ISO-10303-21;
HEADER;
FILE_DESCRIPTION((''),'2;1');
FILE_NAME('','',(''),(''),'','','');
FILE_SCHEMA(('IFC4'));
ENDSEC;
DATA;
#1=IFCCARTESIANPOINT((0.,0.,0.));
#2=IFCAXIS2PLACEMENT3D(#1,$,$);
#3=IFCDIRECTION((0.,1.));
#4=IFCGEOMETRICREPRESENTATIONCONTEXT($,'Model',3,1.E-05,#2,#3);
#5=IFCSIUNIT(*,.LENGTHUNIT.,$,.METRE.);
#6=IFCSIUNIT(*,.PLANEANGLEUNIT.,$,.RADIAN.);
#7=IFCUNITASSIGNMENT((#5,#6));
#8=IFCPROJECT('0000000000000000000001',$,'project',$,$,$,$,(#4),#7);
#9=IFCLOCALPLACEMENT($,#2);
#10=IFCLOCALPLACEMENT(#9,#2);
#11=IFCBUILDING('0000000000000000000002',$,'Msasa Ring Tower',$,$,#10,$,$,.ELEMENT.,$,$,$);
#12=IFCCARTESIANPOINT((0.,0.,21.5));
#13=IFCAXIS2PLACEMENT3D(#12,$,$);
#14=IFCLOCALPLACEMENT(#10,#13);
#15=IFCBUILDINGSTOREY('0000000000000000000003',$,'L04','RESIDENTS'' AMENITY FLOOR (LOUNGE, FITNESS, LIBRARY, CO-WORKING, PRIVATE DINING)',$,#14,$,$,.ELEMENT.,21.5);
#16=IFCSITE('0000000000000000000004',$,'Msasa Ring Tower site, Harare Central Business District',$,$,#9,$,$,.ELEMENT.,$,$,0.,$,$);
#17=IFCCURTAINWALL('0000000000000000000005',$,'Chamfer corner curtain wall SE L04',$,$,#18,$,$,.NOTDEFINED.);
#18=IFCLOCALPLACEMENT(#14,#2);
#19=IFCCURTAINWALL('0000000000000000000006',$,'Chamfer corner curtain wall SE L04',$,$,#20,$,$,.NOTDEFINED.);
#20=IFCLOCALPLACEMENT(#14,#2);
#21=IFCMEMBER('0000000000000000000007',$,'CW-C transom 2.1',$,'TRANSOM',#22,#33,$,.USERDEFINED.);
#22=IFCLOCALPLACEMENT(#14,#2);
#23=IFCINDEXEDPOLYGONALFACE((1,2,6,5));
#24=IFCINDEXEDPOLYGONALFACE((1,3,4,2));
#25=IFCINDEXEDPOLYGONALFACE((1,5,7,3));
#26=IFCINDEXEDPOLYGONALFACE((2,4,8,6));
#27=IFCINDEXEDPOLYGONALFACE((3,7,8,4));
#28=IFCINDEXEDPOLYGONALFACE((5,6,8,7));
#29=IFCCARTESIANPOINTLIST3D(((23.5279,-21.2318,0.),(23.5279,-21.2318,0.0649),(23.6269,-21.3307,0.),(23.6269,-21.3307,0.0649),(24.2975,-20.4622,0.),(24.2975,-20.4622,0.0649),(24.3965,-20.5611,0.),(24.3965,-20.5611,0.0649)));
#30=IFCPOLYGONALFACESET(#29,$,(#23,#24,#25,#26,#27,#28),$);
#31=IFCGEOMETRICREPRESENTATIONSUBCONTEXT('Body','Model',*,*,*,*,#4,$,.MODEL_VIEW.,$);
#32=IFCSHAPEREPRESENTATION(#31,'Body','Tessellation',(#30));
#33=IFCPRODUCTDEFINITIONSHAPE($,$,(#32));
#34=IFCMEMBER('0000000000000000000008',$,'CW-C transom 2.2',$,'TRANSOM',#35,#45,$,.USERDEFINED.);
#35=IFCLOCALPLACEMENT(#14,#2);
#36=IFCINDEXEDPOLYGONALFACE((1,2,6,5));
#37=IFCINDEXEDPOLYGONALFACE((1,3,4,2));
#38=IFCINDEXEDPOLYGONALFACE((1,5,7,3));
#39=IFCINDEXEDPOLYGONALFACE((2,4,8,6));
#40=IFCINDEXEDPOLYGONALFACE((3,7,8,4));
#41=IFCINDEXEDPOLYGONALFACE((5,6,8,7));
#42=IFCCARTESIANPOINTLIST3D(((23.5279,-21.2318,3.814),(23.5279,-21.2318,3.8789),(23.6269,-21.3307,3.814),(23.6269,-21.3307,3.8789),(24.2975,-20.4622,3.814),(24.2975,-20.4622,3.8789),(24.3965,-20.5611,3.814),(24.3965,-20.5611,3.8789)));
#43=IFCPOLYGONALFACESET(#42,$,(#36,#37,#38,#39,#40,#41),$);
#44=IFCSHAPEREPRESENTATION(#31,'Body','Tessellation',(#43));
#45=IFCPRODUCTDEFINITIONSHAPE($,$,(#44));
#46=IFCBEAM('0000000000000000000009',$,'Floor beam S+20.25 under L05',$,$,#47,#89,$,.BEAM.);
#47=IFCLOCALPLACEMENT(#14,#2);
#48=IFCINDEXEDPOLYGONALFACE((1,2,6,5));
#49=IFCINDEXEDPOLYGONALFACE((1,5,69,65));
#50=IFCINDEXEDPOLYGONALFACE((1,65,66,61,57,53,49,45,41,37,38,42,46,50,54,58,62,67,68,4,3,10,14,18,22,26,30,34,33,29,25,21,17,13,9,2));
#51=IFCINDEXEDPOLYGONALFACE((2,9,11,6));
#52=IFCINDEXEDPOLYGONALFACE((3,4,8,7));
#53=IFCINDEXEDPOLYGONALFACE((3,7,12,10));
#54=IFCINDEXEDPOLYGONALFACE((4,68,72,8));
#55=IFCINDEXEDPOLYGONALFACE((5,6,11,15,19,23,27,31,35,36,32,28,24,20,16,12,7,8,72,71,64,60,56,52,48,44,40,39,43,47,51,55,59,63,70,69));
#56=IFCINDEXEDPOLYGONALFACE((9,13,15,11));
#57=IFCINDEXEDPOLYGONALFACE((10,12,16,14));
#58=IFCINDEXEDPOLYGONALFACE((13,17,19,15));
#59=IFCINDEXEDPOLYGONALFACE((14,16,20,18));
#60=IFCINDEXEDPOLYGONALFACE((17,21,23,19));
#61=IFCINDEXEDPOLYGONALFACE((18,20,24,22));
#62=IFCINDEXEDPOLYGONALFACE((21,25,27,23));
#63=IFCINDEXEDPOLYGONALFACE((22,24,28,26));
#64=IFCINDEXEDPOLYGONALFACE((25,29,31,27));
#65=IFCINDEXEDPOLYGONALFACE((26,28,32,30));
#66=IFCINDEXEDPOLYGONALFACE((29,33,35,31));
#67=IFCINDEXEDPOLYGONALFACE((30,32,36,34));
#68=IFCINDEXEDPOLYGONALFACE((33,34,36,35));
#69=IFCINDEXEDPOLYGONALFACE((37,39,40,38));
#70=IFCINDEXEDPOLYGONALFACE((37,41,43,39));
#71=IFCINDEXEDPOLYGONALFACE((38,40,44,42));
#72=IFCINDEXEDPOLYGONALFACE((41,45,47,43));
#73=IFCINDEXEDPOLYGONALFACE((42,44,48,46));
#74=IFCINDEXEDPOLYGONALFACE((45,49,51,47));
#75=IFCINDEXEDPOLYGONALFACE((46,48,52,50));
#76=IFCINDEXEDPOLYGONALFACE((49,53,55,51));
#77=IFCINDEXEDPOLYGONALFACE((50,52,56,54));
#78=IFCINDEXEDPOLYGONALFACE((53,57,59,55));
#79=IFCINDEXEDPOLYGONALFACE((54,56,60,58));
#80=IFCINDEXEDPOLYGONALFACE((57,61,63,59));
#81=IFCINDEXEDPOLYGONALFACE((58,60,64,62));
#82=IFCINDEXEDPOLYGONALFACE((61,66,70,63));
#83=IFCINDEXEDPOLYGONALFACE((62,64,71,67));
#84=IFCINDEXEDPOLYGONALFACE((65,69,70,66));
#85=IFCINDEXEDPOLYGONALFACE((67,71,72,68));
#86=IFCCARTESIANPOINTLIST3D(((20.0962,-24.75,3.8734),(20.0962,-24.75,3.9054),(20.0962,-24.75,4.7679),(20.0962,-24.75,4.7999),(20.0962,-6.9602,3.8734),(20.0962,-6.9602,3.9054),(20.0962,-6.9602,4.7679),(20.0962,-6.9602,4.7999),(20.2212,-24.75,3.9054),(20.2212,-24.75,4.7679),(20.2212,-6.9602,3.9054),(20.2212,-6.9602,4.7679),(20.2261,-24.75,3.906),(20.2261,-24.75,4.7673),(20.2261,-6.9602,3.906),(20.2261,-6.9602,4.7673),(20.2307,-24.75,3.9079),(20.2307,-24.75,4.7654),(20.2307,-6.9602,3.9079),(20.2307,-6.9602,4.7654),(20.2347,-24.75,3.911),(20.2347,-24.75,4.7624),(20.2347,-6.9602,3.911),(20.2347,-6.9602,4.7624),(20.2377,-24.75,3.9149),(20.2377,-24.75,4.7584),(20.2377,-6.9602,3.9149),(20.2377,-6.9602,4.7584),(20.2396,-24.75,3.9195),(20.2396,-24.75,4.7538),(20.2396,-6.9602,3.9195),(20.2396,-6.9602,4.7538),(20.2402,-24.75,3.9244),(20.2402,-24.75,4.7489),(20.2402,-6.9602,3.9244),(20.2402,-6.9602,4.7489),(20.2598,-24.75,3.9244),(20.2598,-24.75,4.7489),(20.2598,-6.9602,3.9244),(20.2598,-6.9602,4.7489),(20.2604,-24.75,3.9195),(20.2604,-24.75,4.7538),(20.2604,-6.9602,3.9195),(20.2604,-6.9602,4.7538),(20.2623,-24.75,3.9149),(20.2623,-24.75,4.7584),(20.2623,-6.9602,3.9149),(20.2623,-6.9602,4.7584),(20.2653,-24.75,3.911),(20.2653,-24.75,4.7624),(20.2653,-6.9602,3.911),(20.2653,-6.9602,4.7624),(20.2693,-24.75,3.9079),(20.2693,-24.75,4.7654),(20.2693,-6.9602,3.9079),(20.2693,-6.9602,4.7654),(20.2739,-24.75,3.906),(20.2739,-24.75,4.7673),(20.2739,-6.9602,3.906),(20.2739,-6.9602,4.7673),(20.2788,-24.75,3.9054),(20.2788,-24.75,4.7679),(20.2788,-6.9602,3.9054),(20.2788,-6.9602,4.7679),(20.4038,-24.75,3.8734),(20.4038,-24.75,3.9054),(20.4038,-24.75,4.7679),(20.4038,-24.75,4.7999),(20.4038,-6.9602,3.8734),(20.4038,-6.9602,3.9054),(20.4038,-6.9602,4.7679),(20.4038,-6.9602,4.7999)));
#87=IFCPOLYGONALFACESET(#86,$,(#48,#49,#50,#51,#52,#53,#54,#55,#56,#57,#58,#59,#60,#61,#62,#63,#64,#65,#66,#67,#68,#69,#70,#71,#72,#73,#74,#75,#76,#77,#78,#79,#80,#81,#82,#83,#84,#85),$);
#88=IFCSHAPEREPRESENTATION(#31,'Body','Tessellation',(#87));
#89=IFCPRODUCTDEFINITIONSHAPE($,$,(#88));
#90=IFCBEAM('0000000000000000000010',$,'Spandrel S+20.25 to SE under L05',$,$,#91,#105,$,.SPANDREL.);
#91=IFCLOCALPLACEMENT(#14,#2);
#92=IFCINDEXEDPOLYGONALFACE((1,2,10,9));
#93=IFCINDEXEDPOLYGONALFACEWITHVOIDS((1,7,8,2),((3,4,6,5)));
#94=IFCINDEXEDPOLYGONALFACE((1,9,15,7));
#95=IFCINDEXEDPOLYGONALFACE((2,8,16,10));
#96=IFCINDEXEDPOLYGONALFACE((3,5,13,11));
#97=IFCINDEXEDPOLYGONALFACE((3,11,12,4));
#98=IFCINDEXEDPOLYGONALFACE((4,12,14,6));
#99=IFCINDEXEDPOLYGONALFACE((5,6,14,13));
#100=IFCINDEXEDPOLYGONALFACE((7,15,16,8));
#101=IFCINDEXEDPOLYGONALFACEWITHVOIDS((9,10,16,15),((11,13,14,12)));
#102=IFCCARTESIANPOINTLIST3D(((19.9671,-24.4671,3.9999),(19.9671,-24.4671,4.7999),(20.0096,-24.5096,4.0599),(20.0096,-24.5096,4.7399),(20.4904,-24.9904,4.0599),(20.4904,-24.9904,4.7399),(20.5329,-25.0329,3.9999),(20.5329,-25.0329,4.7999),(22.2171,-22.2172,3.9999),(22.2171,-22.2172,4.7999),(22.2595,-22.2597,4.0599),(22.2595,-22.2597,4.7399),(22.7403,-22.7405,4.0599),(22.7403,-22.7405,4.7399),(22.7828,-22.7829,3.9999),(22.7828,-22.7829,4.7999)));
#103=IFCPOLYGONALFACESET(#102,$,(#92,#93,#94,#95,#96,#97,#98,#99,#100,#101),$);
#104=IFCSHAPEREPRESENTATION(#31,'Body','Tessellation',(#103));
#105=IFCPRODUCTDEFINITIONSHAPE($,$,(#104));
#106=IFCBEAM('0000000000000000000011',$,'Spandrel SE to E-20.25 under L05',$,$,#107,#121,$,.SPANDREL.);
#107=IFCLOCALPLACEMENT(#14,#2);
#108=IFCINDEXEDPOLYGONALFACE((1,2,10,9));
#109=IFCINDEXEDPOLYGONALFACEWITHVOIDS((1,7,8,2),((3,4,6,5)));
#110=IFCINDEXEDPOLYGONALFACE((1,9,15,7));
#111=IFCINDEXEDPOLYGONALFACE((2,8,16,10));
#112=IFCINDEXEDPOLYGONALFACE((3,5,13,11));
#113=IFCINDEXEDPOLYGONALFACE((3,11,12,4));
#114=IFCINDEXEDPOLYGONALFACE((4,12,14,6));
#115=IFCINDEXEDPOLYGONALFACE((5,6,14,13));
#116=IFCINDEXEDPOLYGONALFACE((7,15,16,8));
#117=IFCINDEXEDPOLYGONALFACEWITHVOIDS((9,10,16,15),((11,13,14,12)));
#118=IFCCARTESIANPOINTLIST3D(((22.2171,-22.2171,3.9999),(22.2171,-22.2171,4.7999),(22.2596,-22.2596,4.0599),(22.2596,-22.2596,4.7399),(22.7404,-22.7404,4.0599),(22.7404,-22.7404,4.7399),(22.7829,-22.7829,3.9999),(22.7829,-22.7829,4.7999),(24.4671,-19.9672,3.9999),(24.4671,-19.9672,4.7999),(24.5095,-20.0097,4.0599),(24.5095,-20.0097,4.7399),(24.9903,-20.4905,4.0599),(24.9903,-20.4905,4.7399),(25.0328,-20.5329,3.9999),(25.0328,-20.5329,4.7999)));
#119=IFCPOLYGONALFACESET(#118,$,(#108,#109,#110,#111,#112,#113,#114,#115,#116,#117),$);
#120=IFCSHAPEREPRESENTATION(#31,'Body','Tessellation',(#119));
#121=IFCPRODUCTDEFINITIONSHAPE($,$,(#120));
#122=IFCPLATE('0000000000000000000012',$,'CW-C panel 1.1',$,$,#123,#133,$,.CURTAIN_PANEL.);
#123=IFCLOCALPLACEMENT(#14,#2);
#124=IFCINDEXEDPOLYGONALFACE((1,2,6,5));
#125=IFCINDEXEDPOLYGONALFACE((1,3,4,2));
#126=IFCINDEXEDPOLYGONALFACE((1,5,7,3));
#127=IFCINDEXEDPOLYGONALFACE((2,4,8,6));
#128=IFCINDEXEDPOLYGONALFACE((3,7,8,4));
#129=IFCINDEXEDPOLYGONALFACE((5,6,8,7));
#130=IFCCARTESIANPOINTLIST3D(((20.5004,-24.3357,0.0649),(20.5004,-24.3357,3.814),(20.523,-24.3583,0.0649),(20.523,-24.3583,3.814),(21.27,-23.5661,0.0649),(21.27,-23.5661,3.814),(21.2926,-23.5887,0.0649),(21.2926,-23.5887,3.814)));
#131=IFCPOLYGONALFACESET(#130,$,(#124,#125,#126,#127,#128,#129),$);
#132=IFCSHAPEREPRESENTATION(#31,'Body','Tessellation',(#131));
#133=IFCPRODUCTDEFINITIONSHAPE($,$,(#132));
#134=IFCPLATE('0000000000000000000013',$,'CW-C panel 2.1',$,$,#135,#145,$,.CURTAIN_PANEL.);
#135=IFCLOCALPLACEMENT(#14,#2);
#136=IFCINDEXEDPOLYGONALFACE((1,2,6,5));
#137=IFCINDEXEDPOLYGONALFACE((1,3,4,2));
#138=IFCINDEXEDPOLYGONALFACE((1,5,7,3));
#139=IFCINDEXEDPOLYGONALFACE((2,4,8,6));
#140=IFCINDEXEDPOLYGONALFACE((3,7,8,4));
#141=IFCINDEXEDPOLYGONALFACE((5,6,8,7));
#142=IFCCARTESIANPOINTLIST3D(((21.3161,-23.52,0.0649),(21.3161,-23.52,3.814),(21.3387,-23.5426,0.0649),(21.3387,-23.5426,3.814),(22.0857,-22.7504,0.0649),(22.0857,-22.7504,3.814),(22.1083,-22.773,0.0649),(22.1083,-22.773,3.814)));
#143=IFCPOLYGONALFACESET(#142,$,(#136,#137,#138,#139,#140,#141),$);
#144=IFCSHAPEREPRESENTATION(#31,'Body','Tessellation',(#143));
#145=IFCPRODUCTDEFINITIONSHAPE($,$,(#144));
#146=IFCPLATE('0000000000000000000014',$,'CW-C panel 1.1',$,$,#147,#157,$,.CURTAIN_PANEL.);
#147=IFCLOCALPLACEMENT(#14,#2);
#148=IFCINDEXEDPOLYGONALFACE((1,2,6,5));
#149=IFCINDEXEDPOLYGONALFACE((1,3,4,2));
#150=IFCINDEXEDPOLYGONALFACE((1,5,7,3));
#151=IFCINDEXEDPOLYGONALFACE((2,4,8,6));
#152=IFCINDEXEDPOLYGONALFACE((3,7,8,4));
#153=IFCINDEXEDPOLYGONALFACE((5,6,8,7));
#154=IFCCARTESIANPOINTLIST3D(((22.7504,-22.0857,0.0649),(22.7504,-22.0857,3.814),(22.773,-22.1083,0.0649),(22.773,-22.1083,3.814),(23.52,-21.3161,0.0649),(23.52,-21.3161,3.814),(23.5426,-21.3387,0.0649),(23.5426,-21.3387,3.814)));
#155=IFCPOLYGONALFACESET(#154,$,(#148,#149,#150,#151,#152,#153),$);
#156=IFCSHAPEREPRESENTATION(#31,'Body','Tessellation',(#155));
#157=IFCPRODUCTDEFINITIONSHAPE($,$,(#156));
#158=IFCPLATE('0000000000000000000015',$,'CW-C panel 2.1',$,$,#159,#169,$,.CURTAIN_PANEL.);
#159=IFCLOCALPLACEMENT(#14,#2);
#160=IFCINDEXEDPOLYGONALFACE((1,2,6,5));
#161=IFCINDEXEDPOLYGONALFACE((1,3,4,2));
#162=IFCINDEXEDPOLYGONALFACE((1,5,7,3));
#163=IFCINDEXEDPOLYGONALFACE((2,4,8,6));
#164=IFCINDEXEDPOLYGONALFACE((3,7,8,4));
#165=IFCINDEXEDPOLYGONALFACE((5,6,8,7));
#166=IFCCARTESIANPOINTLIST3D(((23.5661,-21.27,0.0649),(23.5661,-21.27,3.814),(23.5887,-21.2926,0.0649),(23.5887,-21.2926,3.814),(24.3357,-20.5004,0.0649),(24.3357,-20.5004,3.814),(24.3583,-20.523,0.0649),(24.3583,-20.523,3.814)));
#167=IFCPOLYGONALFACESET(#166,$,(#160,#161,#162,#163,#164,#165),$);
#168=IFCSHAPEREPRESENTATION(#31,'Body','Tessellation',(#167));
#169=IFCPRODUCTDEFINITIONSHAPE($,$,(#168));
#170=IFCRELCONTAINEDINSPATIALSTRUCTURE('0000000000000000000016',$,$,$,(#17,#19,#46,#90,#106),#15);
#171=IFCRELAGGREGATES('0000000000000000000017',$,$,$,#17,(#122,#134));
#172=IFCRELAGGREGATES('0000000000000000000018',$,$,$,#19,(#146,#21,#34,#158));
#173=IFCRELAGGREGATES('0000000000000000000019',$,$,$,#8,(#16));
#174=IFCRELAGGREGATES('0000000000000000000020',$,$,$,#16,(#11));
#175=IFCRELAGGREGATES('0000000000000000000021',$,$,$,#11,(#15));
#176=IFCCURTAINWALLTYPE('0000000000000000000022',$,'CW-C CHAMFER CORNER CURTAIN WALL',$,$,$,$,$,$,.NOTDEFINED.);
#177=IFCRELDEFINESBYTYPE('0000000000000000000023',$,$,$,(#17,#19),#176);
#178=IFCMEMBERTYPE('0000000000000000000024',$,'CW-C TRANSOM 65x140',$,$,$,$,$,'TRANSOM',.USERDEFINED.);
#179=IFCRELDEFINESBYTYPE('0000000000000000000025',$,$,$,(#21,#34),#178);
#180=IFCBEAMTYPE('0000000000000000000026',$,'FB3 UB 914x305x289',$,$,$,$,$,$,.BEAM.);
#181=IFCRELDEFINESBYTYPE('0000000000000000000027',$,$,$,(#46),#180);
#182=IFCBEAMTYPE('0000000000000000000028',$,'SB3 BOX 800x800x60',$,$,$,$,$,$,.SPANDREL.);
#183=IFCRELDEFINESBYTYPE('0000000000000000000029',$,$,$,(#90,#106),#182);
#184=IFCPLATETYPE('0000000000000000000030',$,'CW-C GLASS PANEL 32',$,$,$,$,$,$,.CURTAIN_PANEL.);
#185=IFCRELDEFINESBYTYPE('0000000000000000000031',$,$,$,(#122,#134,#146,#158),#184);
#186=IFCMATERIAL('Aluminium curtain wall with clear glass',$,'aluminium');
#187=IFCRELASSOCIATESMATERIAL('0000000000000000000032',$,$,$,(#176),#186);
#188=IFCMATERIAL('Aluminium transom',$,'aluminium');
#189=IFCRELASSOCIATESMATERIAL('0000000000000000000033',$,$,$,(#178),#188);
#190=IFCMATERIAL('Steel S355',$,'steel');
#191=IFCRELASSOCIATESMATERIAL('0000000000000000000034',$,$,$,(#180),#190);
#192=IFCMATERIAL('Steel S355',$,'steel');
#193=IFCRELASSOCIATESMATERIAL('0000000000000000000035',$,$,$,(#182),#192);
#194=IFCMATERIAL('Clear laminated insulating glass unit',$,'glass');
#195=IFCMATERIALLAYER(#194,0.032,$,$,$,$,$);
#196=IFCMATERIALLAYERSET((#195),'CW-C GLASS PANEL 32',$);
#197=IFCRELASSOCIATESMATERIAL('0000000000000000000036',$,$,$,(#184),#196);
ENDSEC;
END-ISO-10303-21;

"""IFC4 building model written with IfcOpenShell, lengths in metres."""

from ifc_helpers import new_model, si_unit, direction, frame, origin, origin_2d, place, context, subcontext, project, spatial, rectangle, hollow_rectangle, i_section, extrude, material, layer, layer_set, material_profile, profile_set, type_object, element, aggregate, save


model = new_model("IFC4")

# Units and contexts
model_context = context("Model", 3, precision=1e-05, world=origin(), true_north=direction((0.0, 1.0)))
body_context = subcontext(model_context, "Body", "Model", "MODEL_VIEW")
ifc_project = project(units=[si_unit("LENGTHUNIT", "METRE"), si_unit("PLANEANGLEUNIT", "RADIAN")], contexts=[model_context])

# Site, building, storey
site_placement = place(None, origin())
site = spatial("IfcSite", under=ifc_project, at=site_placement, Name="Msasa Ring Tower site, Harare Central Business District", CompositionType="ELEMENT", RefElevation=0.0)
building_placement = place(site_placement, origin())
building = spatial("IfcBuilding", under=site, at=building_placement, Name="Msasa Ring Tower", CompositionType="ELEMENT")
storey_placement = place(building_placement, frame((0.0, 0.0, 21.5)))
storey = spatial("IfcBuildingStorey", under=building, at=storey_placement, Name="L04", Description="RESIDENTS' AMENITY FLOOR (LOUNGE, FITNESS, LIBRARY, CO-WORKING, PRIVATE DINING)", CompositionType="ELEMENT", Elevation=21.5)

# Curtain walls
ifc_material_1 = material(Name="Aluminium curtain wall with clear glass", Category="aluminium")
curtain_wall_type = type_object("IfcCurtainWallType", Name="CW-C CHAMFER CORNER CURTAIN WALL", PredefinedType="NOTDEFINED", material=ifc_material_1)
curtain_wall_1_placement = place(storey_placement, origin())
curtain_wall_1 = element("IfcCurtainWall", 1, at=curtain_wall_1_placement, inside=storey, type_object=curtain_wall_type, Name="Chamfer corner curtain wall SE L04", PredefinedType="NOTDEFINED")
curtain_wall_2_placement = place(storey_placement, origin())
curtain_wall_2 = element("IfcCurtainWall", 2, at=curtain_wall_2_placement, inside=storey, type_object=curtain_wall_type, Name="Chamfer corner curtain wall SE L04", PredefinedType="NOTDEFINED")

# Members
ifc_material_2 = material(Name="Aluminium transom", Category="aluminium")
ifc_material_profile_1 = material_profile(ifc_material_2, rectangle(XDim=0.1399, YDim=0.0649, at=origin_2d()), Name="AL 65x140")
ifc_profile_set_1 = profile_set([ifc_material_profile_1], Name="Aluminium transom")
member_type_1 = type_object("IfcMemberType", Name="CW-C TRANSOM 65x140", ElementType="TRANSOM", PredefinedType="USERDEFINED", material=ifc_profile_set_1)
member_1_placement = place(storey_placement, frame((23.5774, -21.2812, 0.0325), z_axis=(0.707107, 0.707107, 0.0), x_axis=(-0.707107, 0.707107, 0.0)))
member_1 = element("IfcMember", 3, at=member_1_placement, type_object=member_type_1, Name="CW-C transom 2.1", ObjectType="TRANSOM", PredefinedType="USERDEFINED", context=body_context, shape_type="SweptSolid", body=[
    extrude(rectangle(XDim=0.1399, YDim=0.0649, at=origin_2d()), origin(), (0.0, 0.0, 1.0), 1.0884),
])
member_2_placement = place(storey_placement, frame((23.5774, -21.2812, 3.8464), z_axis=(0.707107, 0.707107, 0.0), x_axis=(-0.707107, 0.707107, 0.0)))
member_2 = element("IfcMember", 4, at=member_2_placement, type_object=member_type_1, Name="CW-C transom 2.2", ObjectType="TRANSOM", PredefinedType="USERDEFINED", context=body_context, shape_type="SweptSolid", body=[
    extrude(rectangle(XDim=0.1399, YDim=0.0649, at=origin_2d()), origin(), (0.0, 0.0, 1.0), 1.0884),
])

# Beams
ifc_material_3 = material(Name="Steel S355", Category="steel")
ifc_material_profile_2 = material_profile(ifc_material_3, i_section(OverallWidth=0.3076, OverallDepth=0.9265, WebThickness=0.0195, FlangeThickness=0.032, FilletRadius=0.019, at=origin_2d()), Name="UB 914x305x289")
ifc_profile_set_2 = profile_set([ifc_material_profile_2], Name="Steel S355")
beam_type_1 = type_object("IfcBeamType", Name="FB3 UB 914x305x289", PredefinedType="BEAM", material=ifc_profile_set_2)
beam_placement = place(storey_placement, frame((20.25, -24.75, 4.3367), z_axis=(0.0, 1.0, 0.0), x_axis=(-1.0, 0.0, 0.0)))
element("IfcBeam", 5, at=beam_placement, inside=storey, type_object=beam_type_1, Name="Floor beam S+20.25 under L05", PredefinedType="BEAM", context=body_context, shape_type="SweptSolid", body=[
    extrude(i_section(OverallWidth=0.3076, OverallDepth=0.9265, WebThickness=0.0195, FlangeThickness=0.032, FilletRadius=0.019, at=origin_2d()), origin(), (0.0, 0.0, 1.0), 17.7898),
])
ifc_material_4 = material(Name="Steel S355", Category="steel")
ifc_material_profile_3 = material_profile(ifc_material_4, hollow_rectangle(XDim=0.8, YDim=0.8, WallThickness=0.0601, at=origin_2d()), Name="BOX 800x800x60")
ifc_profile_set_3 = profile_set([ifc_material_profile_3], Name="Steel S355")
beam_type_2 = type_object("IfcBeamType", Name="SB3 BOX 800x800x60", PredefinedType="SPANDREL", material=ifc_profile_set_3)
for number, where, z_axis, x_axis, name in (
    (6, (20.25, -24.75, 4.3999), (0.707107, 0.707107, 0.0), (-0.707107, 0.707107, 0.0), "Spandrel S+20.25 to SE under L05"),
    (7, (22.5, -22.5, 4.3999), (0.707107, 0.707107, 0.0), (-0.707107, 0.707107, 0.0), "Spandrel SE to E-20.25 under L05"),
):
    element("IfcBeam", number, at=place(storey_placement, frame(where, z_axis=z_axis, x_axis=x_axis)), inside=storey, type_object=beam_type_2, Name=name, PredefinedType="SPANDREL", context=body_context, shape_type="SweptSolid", body=[
        extrude(hollow_rectangle(XDim=0.8, YDim=0.8, WallThickness=0.0601, at=origin_2d()), origin(), (0.0, 0.0, 1.0), 3.1819),
    ])

# Plates
ifc_material_5 = material(Name="Clear laminated insulating glass unit", Category="glass")
ifc_layer = layer(ifc_material_5, 0.032)
ifc_layer_set = layer_set([ifc_layer], Name="CW-C GLASS PANEL 32")
plate_type = type_object("IfcPlateType", Name="CW-C GLASS PANEL 32", PredefinedType="CURTAIN_PANEL", material=ifc_layer_set)
plate_1_placement = place(storey_placement, frame((20.8965, -23.9622, 0.0649), z_axis=(0.0, 0.0, 1.0), x_axis=(0.707107, 0.707107, 0.0)))
plate_1 = element("IfcPlate", 8, at=plate_1_placement, type_object=plate_type, Name="CW-C panel 1.1", PredefinedType="CURTAIN_PANEL", context=body_context, shape_type="SweptSolid", body=[
    extrude(rectangle(XDim=1.0884, YDim=0.032, at=origin_2d()), origin(), (0.0, 0.0, 1.0), 3.749),
])
plate_2_placement = place(storey_placement, frame((21.7122, -23.1465, 0.0649), z_axis=(0.0, 0.0, 1.0), x_axis=(0.707107, 0.707107, 0.0)))
plate_2 = element("IfcPlate", 9, at=plate_2_placement, type_object=plate_type, Name="CW-C panel 2.1", PredefinedType="CURTAIN_PANEL", context=body_context, shape_type="SweptSolid", body=[
    extrude(rectangle(XDim=1.0884, YDim=0.032, at=origin_2d()), origin(), (0.0, 0.0, 1.0), 3.749),
])
aggregate(curtain_wall_1, [plate_1, plate_2])
plate_3_placement = place(storey_placement, frame((23.1465, -21.7122, 0.0649), z_axis=(0.0, 0.0, 1.0), x_axis=(0.707107, 0.707107, 0.0)))
plate_3 = element("IfcPlate", 10, at=plate_3_placement, type_object=plate_type, Name="CW-C panel 1.1", PredefinedType="CURTAIN_PANEL", context=body_context, shape_type="SweptSolid", body=[
    extrude(rectangle(XDim=1.0884, YDim=0.032, at=origin_2d()), origin(), (0.0, 0.0, 1.0), 3.749),
])
plate_4_placement = place(storey_placement, frame((23.9622, -20.8965, 0.0649), z_axis=(0.0, 0.0, 1.0), x_axis=(0.707107, 0.707107, 0.0)))
plate_4 = element("IfcPlate", 11, at=plate_4_placement, type_object=plate_type, Name="CW-C panel 2.1", PredefinedType="CURTAIN_PANEL", context=body_context, shape_type="SweptSolid", body=[
    extrude(rectangle(XDim=1.0884, YDim=0.032, at=origin_2d()), origin(), (0.0, 0.0, 1.0), 3.749),
])
aggregate(curtain_wall_2, [plate_3, member_1, member_2, plate_4])

save(model, "model.ifc")
